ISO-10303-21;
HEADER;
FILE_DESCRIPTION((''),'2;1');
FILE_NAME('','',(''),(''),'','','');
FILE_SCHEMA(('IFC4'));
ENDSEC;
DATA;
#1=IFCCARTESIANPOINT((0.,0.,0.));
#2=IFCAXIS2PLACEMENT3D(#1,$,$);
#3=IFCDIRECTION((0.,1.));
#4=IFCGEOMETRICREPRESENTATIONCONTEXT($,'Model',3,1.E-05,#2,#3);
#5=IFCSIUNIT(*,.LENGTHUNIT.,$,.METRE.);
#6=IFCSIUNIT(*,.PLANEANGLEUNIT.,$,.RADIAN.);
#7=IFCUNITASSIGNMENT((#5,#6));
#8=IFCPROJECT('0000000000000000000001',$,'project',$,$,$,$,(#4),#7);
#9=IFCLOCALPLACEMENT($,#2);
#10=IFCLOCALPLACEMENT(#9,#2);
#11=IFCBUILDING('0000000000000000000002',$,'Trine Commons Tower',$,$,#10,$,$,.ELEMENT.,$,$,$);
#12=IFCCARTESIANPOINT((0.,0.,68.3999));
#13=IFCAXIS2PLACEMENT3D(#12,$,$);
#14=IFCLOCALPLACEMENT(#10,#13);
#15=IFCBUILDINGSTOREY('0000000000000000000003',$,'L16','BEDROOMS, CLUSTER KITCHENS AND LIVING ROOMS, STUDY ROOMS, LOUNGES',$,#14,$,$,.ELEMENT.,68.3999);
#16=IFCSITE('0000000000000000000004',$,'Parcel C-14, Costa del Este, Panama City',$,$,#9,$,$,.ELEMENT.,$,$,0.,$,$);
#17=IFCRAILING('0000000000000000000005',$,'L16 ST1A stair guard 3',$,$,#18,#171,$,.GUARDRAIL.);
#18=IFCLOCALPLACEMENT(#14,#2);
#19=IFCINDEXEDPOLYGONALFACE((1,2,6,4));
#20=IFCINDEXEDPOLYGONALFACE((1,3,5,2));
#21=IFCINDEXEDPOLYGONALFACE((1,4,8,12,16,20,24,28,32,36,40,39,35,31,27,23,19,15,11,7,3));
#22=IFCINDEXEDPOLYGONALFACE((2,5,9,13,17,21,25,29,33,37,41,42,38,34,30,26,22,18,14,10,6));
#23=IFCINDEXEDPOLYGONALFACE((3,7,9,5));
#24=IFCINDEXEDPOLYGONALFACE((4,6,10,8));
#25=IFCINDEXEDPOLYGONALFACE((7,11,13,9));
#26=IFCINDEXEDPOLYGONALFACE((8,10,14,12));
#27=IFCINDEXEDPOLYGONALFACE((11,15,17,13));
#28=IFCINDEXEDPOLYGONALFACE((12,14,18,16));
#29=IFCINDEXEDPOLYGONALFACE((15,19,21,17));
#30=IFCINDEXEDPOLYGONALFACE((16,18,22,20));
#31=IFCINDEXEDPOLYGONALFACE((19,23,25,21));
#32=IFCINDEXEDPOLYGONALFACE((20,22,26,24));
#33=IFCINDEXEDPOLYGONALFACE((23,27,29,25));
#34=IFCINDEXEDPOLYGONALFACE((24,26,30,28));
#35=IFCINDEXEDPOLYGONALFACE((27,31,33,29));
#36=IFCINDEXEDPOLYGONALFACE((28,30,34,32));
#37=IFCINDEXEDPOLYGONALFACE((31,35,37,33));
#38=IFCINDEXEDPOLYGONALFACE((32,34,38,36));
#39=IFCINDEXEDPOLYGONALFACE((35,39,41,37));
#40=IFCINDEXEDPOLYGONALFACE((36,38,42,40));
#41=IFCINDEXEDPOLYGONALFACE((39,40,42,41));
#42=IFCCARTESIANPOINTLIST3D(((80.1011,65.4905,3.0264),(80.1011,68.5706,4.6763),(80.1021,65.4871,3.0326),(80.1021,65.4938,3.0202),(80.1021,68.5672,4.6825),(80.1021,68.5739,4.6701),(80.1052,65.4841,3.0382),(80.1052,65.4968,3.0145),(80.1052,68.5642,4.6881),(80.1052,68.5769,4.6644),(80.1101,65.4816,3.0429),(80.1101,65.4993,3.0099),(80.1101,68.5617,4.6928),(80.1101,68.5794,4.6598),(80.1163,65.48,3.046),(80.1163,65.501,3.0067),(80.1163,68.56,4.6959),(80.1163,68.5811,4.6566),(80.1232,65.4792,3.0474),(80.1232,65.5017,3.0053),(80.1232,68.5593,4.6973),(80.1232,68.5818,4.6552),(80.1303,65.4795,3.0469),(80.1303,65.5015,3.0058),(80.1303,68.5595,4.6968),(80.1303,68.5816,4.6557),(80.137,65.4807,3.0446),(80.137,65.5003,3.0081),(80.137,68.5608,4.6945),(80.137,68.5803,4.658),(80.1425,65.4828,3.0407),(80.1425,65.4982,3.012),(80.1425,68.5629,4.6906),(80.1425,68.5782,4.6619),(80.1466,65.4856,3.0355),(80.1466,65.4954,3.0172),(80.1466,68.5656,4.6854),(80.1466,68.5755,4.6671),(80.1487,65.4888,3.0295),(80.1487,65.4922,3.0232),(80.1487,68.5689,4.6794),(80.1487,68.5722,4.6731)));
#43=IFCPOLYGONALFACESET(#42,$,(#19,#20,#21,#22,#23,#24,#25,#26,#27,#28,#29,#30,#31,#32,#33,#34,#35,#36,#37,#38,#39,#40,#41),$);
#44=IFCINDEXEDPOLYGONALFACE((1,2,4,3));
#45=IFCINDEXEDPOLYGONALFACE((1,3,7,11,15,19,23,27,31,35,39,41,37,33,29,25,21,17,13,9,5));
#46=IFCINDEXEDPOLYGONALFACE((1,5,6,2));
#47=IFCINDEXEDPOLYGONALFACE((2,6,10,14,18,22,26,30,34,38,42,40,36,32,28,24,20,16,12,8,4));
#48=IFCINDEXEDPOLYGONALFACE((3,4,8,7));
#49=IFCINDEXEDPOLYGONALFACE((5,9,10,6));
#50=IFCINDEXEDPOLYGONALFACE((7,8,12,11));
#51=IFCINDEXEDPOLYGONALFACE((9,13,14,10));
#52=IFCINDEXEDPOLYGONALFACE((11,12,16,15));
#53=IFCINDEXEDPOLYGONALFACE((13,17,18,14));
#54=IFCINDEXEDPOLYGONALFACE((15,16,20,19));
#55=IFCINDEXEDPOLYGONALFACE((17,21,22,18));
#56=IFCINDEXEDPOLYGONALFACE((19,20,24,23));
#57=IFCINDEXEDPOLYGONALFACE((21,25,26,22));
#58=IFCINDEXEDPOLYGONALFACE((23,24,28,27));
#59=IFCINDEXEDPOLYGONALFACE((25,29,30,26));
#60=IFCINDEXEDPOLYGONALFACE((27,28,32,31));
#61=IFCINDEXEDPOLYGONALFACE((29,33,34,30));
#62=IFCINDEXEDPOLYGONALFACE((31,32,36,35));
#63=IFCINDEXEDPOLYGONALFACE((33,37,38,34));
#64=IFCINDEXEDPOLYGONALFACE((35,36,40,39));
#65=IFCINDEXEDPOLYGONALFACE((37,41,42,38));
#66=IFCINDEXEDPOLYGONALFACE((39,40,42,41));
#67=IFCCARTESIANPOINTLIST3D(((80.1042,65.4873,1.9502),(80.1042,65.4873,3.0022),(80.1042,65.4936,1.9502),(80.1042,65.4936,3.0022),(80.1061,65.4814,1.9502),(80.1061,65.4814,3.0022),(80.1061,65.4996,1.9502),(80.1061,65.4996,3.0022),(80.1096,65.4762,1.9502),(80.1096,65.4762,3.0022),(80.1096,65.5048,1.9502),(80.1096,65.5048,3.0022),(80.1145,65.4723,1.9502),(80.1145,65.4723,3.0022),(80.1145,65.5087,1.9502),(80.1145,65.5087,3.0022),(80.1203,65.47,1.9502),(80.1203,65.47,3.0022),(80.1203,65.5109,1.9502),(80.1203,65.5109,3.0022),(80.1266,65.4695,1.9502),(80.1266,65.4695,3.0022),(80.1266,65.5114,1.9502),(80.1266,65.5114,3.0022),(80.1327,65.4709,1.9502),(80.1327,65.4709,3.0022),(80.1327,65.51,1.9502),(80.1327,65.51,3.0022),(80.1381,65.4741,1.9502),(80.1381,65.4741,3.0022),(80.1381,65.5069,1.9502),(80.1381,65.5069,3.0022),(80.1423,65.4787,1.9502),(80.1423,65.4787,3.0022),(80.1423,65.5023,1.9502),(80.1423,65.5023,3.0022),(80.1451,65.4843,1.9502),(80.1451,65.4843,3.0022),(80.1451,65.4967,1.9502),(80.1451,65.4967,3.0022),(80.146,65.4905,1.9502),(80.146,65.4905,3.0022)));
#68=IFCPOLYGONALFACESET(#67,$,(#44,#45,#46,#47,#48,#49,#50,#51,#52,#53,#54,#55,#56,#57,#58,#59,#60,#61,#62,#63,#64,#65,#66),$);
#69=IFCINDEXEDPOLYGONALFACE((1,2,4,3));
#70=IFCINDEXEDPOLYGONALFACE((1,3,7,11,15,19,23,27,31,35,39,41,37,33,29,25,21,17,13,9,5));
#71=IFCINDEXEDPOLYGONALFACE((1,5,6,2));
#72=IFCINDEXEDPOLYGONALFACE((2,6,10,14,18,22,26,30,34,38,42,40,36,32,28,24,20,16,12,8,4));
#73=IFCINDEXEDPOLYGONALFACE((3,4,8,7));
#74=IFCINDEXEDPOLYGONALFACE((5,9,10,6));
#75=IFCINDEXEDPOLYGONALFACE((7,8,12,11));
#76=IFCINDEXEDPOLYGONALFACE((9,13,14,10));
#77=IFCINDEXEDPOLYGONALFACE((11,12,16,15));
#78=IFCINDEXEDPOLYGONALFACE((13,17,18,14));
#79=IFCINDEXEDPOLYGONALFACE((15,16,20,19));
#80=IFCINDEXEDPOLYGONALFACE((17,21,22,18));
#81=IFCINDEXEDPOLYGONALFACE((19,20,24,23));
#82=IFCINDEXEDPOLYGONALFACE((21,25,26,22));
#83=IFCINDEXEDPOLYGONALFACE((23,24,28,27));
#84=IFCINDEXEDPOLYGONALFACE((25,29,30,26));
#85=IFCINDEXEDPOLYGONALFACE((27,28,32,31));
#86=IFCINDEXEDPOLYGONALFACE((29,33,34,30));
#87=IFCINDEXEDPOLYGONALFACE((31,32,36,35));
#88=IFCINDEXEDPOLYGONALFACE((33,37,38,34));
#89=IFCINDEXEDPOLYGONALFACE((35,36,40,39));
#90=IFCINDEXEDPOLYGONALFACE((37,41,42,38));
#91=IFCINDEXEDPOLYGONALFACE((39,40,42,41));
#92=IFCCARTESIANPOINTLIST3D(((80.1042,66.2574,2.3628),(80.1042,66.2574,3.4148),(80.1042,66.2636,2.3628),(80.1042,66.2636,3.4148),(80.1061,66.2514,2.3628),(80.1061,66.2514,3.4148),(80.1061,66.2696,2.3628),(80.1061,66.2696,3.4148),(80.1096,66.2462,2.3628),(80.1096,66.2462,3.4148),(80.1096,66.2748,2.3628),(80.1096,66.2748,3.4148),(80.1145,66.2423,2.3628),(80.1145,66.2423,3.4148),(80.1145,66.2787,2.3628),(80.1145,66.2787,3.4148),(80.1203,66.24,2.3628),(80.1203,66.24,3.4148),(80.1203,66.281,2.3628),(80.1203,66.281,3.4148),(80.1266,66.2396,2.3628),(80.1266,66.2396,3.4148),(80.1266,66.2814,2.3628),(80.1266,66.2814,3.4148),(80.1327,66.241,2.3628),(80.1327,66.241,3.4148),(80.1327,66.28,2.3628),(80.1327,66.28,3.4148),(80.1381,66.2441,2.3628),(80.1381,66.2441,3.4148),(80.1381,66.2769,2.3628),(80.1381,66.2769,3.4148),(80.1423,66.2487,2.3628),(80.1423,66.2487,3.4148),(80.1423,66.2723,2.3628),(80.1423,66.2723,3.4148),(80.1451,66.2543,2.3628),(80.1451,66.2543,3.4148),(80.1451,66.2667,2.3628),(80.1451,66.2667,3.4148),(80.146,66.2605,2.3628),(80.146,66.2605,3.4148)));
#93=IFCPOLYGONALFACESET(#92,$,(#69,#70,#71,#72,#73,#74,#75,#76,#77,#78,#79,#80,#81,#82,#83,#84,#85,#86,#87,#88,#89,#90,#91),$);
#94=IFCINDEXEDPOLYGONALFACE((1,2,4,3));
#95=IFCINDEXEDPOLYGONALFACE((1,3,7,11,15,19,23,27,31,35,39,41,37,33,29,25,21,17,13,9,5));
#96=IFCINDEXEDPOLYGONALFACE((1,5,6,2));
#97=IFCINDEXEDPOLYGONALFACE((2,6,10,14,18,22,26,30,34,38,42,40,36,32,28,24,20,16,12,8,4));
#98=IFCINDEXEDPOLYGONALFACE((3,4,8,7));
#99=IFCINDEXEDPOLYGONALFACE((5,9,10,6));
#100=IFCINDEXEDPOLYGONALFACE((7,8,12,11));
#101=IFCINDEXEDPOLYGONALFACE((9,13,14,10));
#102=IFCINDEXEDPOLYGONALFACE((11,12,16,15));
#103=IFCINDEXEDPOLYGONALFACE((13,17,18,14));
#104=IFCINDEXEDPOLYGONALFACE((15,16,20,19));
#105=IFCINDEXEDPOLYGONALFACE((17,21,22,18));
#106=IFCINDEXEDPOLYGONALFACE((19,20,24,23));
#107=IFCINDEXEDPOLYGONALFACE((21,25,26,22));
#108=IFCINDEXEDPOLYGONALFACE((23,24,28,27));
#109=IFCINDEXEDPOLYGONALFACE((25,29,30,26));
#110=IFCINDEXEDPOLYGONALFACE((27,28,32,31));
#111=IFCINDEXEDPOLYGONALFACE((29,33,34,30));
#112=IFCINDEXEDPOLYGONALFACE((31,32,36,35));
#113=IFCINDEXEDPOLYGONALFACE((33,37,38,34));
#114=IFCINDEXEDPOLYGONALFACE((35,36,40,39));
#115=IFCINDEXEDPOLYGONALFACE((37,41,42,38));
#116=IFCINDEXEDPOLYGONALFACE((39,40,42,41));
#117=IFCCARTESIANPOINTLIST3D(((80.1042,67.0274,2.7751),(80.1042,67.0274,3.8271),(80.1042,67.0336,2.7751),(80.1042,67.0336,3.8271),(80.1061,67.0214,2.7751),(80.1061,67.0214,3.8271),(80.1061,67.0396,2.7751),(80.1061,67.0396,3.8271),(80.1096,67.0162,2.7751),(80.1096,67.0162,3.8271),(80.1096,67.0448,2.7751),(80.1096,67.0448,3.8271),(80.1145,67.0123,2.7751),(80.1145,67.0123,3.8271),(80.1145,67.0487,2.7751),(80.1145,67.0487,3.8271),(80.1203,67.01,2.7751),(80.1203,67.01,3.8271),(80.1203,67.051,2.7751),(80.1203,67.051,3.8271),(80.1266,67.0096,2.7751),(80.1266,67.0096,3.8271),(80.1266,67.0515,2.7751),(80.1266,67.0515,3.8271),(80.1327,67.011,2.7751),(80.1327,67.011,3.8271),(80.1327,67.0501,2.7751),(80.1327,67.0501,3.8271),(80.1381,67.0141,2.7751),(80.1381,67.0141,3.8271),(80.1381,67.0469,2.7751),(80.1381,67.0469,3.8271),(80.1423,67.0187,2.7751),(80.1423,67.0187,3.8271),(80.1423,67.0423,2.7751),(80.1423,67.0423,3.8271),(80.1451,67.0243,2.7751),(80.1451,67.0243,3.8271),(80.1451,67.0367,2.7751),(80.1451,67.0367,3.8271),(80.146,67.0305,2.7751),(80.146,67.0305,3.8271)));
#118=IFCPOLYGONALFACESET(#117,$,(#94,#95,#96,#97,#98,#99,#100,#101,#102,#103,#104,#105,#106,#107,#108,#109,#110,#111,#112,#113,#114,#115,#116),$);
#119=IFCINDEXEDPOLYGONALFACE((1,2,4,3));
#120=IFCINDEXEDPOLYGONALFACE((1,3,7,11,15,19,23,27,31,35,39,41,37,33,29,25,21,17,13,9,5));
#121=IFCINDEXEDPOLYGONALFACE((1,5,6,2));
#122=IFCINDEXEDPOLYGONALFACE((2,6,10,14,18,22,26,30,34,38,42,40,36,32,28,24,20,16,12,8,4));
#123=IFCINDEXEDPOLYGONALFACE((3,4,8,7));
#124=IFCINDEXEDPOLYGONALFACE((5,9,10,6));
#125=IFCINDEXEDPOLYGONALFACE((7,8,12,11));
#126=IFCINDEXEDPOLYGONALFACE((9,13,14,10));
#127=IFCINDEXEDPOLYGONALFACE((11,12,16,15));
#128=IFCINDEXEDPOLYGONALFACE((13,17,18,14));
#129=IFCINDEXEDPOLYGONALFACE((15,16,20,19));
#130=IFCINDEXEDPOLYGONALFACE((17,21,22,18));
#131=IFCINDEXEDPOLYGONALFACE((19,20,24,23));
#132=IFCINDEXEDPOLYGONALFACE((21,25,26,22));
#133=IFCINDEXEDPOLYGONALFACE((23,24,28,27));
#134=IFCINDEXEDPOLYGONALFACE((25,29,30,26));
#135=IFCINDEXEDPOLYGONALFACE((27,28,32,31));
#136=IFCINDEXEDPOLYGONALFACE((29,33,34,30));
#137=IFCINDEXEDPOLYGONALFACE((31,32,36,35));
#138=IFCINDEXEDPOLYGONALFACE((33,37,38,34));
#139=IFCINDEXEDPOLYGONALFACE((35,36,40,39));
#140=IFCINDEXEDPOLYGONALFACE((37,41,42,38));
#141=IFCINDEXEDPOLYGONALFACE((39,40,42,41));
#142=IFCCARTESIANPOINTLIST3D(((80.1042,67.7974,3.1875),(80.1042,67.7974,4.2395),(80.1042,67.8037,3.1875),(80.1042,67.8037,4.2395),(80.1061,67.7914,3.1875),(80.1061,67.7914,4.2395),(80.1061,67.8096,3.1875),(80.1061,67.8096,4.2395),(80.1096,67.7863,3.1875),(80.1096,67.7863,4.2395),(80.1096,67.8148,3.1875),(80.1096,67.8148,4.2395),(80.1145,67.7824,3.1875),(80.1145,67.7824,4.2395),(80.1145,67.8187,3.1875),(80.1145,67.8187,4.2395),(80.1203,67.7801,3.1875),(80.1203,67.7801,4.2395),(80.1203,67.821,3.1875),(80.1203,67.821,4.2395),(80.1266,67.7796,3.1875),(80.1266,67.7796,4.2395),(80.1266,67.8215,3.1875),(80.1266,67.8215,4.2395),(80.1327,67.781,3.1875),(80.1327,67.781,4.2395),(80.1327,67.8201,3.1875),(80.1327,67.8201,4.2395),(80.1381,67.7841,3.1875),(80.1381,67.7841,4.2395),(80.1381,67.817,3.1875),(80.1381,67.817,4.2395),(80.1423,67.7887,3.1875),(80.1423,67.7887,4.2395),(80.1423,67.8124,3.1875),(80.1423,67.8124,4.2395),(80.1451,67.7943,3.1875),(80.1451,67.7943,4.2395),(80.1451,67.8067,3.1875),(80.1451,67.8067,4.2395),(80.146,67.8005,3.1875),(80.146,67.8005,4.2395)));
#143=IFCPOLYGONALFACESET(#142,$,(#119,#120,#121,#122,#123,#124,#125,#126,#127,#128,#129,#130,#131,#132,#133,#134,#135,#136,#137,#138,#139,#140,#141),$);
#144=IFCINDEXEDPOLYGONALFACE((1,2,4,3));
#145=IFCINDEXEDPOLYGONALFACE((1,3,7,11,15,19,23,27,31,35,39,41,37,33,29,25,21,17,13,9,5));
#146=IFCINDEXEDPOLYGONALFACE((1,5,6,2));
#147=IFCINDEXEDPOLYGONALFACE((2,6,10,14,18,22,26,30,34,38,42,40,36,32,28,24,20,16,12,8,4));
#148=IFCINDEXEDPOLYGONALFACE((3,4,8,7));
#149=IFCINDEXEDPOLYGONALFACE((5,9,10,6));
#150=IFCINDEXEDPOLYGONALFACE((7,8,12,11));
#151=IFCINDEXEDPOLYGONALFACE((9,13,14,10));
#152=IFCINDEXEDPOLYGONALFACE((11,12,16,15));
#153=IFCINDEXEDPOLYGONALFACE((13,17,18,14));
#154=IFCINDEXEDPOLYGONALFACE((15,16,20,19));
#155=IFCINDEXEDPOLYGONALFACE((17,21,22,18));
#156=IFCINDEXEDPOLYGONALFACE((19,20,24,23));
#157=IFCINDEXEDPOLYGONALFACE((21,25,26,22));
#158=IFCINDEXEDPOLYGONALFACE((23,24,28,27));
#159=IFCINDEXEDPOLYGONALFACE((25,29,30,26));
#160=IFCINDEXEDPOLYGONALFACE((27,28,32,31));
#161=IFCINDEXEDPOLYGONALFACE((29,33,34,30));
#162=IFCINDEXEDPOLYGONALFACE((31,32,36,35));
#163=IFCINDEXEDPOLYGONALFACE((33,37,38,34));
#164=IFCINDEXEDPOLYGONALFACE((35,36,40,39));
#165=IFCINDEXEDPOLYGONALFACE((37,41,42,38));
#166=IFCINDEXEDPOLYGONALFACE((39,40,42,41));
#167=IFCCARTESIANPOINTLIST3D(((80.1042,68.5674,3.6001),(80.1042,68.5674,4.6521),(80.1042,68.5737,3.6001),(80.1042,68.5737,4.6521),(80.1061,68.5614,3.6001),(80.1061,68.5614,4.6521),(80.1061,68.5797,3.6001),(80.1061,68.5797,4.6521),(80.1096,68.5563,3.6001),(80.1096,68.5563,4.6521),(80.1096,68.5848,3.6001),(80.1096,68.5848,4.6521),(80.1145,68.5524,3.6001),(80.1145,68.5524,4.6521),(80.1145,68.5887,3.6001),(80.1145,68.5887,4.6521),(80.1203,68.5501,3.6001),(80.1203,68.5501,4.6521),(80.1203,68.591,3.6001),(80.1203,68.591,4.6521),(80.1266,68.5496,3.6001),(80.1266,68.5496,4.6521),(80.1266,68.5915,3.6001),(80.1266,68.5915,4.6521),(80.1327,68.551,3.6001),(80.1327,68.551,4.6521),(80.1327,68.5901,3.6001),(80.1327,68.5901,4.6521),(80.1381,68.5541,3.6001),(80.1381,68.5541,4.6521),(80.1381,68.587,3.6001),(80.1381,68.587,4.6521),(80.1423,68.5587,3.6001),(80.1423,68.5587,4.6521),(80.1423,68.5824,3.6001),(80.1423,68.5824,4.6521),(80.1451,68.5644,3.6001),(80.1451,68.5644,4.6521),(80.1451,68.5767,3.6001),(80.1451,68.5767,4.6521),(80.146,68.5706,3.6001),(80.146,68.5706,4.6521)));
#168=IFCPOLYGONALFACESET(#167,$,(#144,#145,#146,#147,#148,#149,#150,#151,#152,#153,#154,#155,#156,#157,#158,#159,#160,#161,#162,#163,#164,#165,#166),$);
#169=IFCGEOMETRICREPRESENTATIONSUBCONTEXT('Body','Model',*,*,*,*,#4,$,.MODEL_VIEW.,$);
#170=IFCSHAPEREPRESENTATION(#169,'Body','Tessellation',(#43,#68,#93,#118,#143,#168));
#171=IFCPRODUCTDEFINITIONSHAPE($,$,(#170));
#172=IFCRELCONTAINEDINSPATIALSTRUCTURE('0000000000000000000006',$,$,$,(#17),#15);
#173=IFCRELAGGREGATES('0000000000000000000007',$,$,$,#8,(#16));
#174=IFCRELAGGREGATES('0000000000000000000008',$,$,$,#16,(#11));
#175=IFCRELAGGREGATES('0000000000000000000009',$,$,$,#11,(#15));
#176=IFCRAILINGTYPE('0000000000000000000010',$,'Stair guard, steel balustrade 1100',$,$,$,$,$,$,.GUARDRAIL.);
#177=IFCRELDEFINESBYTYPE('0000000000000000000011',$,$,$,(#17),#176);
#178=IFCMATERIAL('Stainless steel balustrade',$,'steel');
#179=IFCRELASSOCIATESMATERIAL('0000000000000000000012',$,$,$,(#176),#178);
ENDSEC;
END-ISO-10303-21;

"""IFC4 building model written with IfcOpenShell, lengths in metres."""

from ifc_helpers import new_model, si_unit, direction, frame, origin, origin_2d, place, context, subcontext, project, spatial, circle, extrude, material, type_object, element, save


model = new_model("IFC4")

# Units and contexts
model_context = context("Model", 3, precision=1e-05, world=origin(), true_north=direction((0.0, 1.0)))
body_context = subcontext(model_context, "Body", "Model", "MODEL_VIEW")
ifc_project = project(units=[si_unit("LENGTHUNIT", "METRE"), si_unit("PLANEANGLEUNIT", "RADIAN")], contexts=[model_context])

# Site, building, storey
site_placement = place(None, origin())
site = spatial("IfcSite", under=ifc_project, at=site_placement, Name="Parcel C-14, Costa del Este, Panama City", CompositionType="ELEMENT", RefElevation=0.0)
building_placement = place(site_placement, origin())
building = spatial("IfcBuilding", under=site, at=building_placement, Name="Trine Commons Tower", CompositionType="ELEMENT")
storey_placement = place(building_placement, frame((0.0, 0.0, 68.3999)))
storey = spatial("IfcBuildingStorey", under=building, at=storey_placement, Name="L16", Description="BEDROOMS, CLUSTER KITCHENS AND LIVING ROOMS, STUDY ROOMS, LOUNGES", CompositionType="ELEMENT", Elevation=68.3999)

# Railing
ifc_material_1 = material(Name="Stainless steel balustrade", Category="steel")
railing_type_1 = type_object("IfcRailingType", Name="Stair guard, steel balustrade 1100", PredefinedType="GUARDRAIL", material=ifc_material_1)
railing_1_placement = place(storey_placement, frame((80.125, 65.4905, 1.9502)))
element("IfcRailing", 1, at=railing_1_placement, inside=storey, type_object=railing_type_1, Name="L16 ST1A stair guard 3", PredefinedType="GUARDRAIL", context=body_context, shape_type="SweptSolid", body=[
    extrude(circle(Radius=0.0239, at=origin_2d()), frame((0.0, 0.0, 1.0762), z_axis=(0.0, 0.881497, 0.47219), x_axis=(-1.0, 0.0, 0.0)), (0.0, 0.0, 1.0), 3.4941),
    extrude(circle(Radius=0.021, at=origin_2d()), origin(), (0.0, 0.0, 1.0), 1.052),
    extrude(circle(Radius=0.021, at=origin_2d()), frame((0.0, 0.77, 0.4126)), (0.0, 0.0, 1.0), 1.052),
    extrude(circle(Radius=0.021, at=origin_2d()), frame((0.0, 1.54, 0.825)), (0.0, 0.0, 1.0), 1.052),
    extrude(circle(Radius=0.021, at=origin_2d()), frame((0.0, 2.3101, 1.2373)), (0.0, 0.0, 1.0), 1.052),
    extrude(circle(Radius=0.021, at=origin_2d()), frame((0.0, 3.0801, 1.6499)), (0.0, 0.0, 1.0), 1.052),
])

save(model, "model.ifc")
